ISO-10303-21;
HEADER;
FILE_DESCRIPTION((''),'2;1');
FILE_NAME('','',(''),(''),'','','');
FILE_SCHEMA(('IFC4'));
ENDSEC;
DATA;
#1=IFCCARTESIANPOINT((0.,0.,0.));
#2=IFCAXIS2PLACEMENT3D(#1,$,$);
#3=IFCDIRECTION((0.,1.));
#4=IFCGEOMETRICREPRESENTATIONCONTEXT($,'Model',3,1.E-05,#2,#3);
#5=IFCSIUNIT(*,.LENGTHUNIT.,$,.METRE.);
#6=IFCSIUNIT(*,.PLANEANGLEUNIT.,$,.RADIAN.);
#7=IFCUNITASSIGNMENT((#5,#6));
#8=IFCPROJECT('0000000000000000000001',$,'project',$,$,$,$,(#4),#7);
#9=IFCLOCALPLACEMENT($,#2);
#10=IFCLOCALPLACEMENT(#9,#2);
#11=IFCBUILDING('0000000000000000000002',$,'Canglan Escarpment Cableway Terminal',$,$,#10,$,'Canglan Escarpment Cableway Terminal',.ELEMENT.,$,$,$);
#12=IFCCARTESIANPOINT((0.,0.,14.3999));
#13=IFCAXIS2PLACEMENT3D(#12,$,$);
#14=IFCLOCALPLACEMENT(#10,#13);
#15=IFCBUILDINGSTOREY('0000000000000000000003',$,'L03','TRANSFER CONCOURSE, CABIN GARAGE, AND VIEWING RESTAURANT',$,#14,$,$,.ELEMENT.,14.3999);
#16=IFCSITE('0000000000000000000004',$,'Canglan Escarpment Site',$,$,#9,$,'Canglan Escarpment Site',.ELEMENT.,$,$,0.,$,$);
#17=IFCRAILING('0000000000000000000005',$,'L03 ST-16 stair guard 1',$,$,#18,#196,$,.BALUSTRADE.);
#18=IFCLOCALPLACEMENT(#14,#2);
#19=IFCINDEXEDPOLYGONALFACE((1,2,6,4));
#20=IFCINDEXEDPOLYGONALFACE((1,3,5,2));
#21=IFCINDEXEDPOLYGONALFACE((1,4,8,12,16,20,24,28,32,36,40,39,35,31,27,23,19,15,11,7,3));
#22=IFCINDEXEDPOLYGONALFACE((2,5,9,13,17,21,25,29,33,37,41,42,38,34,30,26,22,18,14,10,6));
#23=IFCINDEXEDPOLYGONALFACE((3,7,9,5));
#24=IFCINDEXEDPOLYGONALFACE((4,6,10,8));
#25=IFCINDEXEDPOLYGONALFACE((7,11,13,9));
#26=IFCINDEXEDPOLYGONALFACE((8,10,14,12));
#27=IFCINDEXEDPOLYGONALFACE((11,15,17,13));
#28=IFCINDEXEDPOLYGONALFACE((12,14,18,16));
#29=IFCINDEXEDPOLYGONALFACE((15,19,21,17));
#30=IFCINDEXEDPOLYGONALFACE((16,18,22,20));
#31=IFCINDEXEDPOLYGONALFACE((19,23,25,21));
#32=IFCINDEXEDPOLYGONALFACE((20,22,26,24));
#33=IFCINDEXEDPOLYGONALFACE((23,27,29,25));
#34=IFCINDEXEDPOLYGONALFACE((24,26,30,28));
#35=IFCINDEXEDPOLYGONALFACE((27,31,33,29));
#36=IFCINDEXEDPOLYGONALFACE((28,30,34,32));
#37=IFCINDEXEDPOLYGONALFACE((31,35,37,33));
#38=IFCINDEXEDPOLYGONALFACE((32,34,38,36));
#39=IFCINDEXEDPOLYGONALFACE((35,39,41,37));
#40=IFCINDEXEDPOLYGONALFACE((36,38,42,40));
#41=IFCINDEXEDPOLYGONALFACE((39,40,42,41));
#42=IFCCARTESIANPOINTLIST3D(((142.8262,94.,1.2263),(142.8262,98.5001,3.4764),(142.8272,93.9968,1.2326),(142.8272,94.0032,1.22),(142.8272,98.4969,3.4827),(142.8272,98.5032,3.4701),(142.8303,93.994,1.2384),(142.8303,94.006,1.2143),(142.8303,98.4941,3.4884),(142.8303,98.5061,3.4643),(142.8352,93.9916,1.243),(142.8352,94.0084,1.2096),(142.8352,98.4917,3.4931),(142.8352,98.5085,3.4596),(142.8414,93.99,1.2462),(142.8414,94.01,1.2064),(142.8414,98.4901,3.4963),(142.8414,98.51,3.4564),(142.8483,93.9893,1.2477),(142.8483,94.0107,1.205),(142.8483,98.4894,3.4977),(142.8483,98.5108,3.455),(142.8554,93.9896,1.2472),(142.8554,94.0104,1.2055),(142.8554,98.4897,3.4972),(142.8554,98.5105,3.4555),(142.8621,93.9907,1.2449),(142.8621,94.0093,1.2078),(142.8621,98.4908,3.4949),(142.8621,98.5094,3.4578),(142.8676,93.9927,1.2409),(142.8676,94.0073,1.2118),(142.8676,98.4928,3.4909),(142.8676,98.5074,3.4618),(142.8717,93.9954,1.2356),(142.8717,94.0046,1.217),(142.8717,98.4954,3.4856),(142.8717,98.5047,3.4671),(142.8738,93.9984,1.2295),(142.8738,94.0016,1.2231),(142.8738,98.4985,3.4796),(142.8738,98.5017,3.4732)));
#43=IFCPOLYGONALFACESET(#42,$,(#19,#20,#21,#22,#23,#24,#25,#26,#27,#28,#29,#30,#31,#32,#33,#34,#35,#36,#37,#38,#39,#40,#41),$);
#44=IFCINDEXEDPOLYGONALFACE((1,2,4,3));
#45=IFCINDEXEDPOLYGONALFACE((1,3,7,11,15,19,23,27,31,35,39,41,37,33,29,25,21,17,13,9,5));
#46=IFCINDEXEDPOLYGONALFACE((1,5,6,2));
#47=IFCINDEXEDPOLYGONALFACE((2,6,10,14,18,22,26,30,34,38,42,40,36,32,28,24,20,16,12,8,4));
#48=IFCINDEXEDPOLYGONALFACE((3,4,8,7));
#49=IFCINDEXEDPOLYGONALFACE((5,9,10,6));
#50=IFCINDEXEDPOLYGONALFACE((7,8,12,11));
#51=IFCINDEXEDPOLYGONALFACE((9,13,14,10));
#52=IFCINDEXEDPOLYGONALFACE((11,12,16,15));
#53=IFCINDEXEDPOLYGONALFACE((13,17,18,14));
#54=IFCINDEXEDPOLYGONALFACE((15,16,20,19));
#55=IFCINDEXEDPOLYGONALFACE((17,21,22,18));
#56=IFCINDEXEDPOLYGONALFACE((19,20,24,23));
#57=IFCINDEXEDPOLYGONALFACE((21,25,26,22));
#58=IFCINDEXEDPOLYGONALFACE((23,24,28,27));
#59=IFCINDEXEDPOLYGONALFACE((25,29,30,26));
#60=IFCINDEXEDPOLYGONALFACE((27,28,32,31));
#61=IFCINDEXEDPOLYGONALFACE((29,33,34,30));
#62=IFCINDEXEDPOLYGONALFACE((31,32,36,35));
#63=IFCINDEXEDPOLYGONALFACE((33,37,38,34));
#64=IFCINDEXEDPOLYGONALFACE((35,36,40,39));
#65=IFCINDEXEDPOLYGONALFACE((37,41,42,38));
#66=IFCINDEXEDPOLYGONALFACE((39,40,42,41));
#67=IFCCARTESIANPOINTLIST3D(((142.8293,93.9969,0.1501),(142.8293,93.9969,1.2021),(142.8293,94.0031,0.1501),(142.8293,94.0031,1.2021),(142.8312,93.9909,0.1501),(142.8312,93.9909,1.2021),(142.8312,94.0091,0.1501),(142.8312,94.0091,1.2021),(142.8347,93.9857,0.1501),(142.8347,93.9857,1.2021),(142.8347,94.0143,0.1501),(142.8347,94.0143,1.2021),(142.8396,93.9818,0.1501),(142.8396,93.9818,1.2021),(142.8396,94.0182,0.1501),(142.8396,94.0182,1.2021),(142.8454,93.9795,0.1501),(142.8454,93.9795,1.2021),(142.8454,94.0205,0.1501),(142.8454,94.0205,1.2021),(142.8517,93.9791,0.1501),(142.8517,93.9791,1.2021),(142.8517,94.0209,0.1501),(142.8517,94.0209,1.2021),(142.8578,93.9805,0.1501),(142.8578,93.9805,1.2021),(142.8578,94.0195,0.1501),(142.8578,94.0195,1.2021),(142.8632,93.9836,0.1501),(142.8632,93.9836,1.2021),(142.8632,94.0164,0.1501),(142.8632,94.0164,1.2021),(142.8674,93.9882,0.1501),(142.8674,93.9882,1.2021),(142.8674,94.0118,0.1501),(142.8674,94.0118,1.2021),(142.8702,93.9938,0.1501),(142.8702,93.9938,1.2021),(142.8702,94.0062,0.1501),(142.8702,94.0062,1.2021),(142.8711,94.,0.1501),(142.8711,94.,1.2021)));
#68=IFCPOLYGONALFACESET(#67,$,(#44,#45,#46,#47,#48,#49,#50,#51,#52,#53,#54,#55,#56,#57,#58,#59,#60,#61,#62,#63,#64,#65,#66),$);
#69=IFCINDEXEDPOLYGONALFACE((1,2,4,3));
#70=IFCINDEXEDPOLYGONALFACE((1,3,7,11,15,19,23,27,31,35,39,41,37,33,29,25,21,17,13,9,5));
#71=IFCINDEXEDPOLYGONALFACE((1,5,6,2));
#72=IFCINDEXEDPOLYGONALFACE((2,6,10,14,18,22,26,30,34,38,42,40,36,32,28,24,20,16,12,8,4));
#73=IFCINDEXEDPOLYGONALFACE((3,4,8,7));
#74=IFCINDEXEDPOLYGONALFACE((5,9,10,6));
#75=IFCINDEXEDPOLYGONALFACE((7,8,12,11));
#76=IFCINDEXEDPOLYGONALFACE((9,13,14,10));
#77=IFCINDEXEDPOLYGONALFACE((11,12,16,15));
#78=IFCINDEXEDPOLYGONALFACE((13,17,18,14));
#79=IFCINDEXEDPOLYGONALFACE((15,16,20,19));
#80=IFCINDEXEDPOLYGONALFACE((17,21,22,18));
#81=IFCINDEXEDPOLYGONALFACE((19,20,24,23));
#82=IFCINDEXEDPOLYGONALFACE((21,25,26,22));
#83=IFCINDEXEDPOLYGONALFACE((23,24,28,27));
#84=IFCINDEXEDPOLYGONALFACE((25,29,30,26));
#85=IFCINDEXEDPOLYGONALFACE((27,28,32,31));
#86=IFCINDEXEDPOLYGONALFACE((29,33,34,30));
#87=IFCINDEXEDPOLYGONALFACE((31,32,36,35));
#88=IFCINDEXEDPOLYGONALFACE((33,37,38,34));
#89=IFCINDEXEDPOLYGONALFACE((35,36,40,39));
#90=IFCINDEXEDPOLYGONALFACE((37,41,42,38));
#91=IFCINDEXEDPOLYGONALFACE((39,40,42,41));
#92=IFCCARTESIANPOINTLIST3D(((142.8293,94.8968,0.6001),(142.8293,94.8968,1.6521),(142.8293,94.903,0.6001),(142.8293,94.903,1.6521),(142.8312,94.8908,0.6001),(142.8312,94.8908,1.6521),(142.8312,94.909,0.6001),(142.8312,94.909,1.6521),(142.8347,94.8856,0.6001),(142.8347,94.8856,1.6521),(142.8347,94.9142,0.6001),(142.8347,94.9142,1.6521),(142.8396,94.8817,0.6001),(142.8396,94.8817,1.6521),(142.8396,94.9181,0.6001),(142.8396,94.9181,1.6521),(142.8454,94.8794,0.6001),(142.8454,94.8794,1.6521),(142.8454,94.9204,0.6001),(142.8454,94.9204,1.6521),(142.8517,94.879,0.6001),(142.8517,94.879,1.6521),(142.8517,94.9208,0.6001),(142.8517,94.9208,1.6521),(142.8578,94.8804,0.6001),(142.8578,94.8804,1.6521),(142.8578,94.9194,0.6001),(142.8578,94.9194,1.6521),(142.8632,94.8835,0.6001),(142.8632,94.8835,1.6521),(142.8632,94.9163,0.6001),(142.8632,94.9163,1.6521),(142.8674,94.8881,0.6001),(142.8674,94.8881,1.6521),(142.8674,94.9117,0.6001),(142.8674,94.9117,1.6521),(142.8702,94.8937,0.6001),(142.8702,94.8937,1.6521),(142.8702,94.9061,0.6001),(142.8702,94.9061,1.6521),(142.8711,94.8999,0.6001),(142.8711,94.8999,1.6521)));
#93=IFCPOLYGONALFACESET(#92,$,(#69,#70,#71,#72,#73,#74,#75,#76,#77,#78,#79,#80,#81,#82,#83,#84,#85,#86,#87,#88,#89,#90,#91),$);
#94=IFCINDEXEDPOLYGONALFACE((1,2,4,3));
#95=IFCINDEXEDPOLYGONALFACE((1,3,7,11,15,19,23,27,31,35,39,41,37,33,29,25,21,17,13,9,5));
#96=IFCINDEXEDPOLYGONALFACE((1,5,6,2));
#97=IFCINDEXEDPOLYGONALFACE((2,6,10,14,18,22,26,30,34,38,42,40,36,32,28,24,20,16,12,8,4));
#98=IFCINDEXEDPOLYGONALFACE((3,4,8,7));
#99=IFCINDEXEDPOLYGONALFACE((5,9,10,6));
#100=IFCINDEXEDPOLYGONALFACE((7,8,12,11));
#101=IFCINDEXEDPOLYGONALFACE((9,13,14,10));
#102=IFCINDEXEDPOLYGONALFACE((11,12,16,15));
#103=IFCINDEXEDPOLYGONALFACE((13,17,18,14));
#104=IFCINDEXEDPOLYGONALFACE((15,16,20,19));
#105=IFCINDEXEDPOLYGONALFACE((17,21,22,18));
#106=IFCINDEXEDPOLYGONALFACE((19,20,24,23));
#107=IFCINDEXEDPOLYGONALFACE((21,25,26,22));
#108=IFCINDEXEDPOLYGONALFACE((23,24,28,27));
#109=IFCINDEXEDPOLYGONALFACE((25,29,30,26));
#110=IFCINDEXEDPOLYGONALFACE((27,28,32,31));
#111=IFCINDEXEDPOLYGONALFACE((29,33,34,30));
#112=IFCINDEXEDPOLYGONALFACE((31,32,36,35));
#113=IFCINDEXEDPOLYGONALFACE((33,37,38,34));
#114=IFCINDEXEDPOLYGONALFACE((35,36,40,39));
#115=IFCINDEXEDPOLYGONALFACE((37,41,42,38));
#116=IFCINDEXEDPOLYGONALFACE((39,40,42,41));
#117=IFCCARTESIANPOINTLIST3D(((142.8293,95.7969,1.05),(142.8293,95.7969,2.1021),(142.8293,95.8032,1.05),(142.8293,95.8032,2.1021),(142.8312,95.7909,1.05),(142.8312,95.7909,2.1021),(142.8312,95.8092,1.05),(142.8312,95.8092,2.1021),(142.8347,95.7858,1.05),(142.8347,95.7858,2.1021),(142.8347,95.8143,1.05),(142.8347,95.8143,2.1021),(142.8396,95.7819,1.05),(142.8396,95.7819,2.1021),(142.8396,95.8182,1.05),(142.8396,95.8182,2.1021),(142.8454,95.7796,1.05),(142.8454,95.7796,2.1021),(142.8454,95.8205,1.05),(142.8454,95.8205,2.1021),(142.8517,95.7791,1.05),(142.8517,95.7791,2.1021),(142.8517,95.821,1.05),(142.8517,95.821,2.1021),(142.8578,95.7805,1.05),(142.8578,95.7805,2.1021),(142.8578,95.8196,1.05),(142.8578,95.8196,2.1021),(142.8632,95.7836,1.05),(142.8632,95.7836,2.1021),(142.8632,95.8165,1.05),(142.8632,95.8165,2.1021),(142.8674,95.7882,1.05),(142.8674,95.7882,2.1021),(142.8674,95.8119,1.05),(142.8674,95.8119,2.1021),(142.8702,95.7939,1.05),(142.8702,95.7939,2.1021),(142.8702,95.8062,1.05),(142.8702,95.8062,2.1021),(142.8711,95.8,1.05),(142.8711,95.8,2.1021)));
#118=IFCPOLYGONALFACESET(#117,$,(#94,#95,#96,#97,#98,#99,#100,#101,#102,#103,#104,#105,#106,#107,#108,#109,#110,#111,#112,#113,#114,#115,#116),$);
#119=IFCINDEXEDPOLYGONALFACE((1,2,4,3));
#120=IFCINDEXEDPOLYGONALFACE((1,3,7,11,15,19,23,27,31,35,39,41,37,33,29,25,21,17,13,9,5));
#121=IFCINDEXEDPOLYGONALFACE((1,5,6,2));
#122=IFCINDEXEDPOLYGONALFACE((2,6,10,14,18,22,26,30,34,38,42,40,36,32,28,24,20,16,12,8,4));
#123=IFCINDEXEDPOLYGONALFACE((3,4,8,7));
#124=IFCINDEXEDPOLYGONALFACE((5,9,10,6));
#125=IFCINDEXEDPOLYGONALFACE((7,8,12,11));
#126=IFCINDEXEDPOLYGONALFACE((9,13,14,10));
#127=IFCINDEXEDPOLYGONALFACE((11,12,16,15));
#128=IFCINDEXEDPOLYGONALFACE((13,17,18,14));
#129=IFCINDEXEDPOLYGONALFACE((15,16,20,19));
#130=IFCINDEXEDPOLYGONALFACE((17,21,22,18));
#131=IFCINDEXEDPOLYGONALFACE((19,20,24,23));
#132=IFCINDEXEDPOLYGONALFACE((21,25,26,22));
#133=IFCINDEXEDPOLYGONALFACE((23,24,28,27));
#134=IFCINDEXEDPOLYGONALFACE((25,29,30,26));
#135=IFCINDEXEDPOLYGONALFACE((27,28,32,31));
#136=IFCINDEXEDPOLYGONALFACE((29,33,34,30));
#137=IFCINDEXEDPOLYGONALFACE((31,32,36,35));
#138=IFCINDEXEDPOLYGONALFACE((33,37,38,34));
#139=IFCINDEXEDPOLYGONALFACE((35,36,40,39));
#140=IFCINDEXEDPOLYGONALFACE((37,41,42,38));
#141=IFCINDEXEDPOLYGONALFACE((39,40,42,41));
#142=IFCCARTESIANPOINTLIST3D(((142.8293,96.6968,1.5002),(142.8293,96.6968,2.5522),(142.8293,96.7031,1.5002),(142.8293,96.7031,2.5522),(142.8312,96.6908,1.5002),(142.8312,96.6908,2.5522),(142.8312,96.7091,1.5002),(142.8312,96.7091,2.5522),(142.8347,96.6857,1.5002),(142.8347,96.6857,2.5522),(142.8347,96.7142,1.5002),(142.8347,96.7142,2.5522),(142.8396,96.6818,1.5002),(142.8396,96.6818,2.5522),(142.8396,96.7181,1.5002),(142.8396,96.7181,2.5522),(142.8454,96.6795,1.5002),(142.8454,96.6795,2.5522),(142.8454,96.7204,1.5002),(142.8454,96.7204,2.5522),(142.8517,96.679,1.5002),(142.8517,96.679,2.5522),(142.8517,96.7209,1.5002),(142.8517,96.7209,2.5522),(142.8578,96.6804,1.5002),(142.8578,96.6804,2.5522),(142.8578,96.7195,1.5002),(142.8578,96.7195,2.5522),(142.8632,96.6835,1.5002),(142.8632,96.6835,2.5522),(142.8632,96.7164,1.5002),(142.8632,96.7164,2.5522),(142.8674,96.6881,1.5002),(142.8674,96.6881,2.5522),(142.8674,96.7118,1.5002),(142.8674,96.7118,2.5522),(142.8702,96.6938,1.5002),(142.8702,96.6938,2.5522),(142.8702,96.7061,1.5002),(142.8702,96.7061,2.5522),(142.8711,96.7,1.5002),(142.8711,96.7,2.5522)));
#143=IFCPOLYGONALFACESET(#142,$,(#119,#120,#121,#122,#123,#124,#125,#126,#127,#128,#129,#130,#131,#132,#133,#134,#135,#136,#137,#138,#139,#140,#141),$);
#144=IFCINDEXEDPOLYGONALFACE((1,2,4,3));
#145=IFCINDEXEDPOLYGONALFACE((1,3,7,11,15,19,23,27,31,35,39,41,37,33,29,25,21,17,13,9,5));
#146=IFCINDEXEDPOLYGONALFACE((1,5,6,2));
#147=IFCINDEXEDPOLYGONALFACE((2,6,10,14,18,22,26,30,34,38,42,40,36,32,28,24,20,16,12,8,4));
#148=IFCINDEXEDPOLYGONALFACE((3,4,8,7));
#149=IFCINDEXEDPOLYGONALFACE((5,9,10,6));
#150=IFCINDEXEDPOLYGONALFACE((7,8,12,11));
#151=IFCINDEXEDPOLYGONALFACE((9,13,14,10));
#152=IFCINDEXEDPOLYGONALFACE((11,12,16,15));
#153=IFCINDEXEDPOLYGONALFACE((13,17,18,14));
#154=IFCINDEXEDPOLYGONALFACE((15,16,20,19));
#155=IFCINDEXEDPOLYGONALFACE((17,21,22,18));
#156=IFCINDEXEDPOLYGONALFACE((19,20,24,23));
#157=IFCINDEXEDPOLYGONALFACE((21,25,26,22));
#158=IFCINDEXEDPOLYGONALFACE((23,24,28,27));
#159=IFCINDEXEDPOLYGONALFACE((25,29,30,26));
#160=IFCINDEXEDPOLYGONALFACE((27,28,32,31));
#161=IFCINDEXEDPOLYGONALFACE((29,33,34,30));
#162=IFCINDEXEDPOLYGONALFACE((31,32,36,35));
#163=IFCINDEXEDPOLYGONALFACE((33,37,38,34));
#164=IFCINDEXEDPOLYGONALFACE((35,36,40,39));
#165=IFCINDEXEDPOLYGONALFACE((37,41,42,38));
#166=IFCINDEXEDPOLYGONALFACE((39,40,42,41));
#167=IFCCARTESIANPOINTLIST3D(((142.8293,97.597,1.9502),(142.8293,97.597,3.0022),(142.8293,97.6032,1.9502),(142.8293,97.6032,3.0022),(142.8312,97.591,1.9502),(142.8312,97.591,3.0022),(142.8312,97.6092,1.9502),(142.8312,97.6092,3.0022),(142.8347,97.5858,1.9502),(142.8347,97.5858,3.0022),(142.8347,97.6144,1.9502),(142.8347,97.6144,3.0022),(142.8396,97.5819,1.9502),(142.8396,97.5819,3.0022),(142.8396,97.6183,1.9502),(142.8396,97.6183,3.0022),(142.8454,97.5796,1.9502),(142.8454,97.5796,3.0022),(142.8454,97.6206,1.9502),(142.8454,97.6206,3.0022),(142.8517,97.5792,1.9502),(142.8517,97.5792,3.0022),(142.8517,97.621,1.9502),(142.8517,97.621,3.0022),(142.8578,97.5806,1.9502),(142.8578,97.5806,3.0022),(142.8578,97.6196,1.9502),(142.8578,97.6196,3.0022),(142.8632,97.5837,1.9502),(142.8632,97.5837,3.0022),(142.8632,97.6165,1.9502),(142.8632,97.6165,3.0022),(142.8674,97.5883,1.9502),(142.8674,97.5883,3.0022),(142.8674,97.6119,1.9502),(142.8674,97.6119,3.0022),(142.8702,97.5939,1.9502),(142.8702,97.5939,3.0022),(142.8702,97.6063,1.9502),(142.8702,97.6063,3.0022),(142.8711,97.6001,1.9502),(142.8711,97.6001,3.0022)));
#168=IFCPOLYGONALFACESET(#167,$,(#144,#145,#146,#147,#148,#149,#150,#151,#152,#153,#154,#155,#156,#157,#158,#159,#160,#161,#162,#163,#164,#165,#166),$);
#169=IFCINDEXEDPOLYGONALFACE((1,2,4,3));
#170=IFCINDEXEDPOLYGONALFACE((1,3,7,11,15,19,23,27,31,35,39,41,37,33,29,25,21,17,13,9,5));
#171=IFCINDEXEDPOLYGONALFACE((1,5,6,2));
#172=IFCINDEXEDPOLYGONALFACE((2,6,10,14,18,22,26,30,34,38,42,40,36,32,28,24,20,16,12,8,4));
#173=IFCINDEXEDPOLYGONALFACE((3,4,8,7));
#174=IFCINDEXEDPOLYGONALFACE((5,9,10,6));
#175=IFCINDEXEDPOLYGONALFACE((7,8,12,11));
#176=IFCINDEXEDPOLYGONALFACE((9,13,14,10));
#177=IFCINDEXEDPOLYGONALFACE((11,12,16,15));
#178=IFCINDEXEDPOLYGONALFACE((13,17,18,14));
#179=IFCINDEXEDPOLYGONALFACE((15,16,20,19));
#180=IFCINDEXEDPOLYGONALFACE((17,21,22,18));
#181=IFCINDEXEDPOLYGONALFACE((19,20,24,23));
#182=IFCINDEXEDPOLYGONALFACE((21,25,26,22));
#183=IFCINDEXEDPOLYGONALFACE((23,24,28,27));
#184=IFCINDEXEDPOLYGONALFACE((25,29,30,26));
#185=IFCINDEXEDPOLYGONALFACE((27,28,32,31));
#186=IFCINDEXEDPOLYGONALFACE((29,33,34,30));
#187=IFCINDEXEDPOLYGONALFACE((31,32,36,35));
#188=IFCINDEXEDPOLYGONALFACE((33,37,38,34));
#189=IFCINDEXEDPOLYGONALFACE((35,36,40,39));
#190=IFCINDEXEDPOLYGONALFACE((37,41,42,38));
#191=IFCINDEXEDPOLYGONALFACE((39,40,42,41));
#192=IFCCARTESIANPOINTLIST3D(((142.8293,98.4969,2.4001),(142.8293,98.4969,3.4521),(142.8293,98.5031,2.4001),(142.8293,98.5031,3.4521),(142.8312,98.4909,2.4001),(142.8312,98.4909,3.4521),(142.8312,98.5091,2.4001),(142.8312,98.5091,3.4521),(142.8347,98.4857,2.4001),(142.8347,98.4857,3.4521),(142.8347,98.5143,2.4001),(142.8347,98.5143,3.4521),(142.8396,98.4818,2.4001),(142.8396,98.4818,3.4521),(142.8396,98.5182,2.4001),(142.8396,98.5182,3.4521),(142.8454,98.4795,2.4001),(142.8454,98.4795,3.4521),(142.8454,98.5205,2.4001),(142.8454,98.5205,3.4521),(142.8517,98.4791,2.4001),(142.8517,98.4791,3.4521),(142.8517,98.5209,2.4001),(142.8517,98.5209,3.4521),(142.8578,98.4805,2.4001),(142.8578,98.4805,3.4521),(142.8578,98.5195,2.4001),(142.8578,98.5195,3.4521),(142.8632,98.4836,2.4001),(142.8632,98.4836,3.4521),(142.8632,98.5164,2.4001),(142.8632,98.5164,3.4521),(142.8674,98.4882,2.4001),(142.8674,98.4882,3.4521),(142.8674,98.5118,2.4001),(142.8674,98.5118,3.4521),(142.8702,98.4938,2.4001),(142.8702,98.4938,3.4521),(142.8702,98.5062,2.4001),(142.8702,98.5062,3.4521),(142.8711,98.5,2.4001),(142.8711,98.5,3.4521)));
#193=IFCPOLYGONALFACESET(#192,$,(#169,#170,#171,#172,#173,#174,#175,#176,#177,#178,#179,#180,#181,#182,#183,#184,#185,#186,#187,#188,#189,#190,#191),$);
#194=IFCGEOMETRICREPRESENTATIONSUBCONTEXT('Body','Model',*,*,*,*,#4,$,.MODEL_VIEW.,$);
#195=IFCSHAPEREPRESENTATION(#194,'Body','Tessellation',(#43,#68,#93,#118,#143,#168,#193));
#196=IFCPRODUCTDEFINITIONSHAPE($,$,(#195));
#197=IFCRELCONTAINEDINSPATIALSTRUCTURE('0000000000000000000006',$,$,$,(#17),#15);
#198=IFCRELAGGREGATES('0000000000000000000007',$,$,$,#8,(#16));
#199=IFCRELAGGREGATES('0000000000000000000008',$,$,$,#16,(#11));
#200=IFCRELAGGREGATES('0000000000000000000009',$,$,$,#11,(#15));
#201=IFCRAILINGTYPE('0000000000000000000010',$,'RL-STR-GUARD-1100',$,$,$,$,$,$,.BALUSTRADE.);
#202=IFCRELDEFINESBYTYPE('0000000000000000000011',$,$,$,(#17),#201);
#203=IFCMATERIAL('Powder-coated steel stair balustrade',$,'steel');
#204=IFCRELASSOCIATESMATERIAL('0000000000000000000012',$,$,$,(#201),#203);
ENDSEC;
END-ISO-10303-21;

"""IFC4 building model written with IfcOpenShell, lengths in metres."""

from ifc_helpers import new_model, si_unit, direction, frame, origin, origin_2d, place, context, subcontext, project, spatial, circle, extrude, material, type_object, element, save


model = new_model("IFC4")

# Units and contexts
model_context = context("Model", 3, precision=1e-05, world=origin(), true_north=direction((0.0, 1.0)))
body_context = subcontext(model_context, "Body", "Model", "MODEL_VIEW")
ifc_project = project(units=[si_unit("LENGTHUNIT", "METRE"), si_unit("PLANEANGLEUNIT", "RADIAN")], contexts=[model_context])

# Site, building, storey
site_placement = place(None, origin())
site = spatial("IfcSite", under=ifc_project, at=site_placement, Name="Canglan Escarpment Site", LongName="Canglan Escarpment Site", CompositionType="ELEMENT", RefElevation=0.0)
building_placement = place(site_placement, origin())
building = spatial("IfcBuilding", under=site, at=building_placement, Name="Canglan Escarpment Cableway Terminal", LongName="Canglan Escarpment Cableway Terminal", CompositionType="ELEMENT")
storey_placement = place(building_placement, frame((0.0, 0.0, 14.3999)))
storey = spatial("IfcBuildingStorey", under=building, at=storey_placement, Name="L03", Description="TRANSFER CONCOURSE, CABIN GARAGE, AND VIEWING RESTAURANT", CompositionType="ELEMENT", Elevation=14.3999)

# Railing
ifc_material_1 = material(Name="Powder-coated steel stair balustrade", Category="steel")
railing_type_1 = type_object("IfcRailingType", Name="RL-STR-GUARD-1100", PredefinedType="BALUSTRADE", material=ifc_material_1)
railing_1_placement = place(storey_placement, frame((142.8501, 94.0, 0.1501)))
element("IfcRailing", 1, at=railing_1_placement, inside=storey, type_object=railing_type_1, Name="L03 ST-16 stair guard 1", PredefinedType="BALUSTRADE", context=body_context, shape_type="SweptSolid", body=[
    extrude(circle(Radius=0.0239, at=origin_2d()), frame((0.0, 0.0, 1.0762), z_axis=(0.0, 0.894427, 0.447214), x_axis=(-1.0, 0.0, 0.0)), (0.0, 0.0, 1.0), 5.0312),
    extrude(circle(Radius=0.021, at=origin_2d()), origin(), (0.0, 0.0, 1.0), 1.052),
    extrude(circle(Radius=0.021, at=origin_2d()), frame((0.0, 0.8999, 0.45)), (0.0, 0.0, 1.0), 1.052),
    extrude(circle(Radius=0.021, at=origin_2d()), frame((0.0, 1.8, 0.8999)), (0.0, 0.0, 1.0), 1.052),
    extrude(circle(Radius=0.021, at=origin_2d()), frame((0.0, 2.7, 1.3501)), (0.0, 0.0, 1.0), 1.052),
    extrude(circle(Radius=0.021, at=origin_2d()), frame((0.0, 3.6001, 1.8)), (0.0, 0.0, 1.0), 1.052),
    extrude(circle(Radius=0.021, at=origin_2d()), frame((0.0, 4.5, 2.25)), (0.0, 0.0, 1.0), 1.052),
])

save(model, "model.ifc")
